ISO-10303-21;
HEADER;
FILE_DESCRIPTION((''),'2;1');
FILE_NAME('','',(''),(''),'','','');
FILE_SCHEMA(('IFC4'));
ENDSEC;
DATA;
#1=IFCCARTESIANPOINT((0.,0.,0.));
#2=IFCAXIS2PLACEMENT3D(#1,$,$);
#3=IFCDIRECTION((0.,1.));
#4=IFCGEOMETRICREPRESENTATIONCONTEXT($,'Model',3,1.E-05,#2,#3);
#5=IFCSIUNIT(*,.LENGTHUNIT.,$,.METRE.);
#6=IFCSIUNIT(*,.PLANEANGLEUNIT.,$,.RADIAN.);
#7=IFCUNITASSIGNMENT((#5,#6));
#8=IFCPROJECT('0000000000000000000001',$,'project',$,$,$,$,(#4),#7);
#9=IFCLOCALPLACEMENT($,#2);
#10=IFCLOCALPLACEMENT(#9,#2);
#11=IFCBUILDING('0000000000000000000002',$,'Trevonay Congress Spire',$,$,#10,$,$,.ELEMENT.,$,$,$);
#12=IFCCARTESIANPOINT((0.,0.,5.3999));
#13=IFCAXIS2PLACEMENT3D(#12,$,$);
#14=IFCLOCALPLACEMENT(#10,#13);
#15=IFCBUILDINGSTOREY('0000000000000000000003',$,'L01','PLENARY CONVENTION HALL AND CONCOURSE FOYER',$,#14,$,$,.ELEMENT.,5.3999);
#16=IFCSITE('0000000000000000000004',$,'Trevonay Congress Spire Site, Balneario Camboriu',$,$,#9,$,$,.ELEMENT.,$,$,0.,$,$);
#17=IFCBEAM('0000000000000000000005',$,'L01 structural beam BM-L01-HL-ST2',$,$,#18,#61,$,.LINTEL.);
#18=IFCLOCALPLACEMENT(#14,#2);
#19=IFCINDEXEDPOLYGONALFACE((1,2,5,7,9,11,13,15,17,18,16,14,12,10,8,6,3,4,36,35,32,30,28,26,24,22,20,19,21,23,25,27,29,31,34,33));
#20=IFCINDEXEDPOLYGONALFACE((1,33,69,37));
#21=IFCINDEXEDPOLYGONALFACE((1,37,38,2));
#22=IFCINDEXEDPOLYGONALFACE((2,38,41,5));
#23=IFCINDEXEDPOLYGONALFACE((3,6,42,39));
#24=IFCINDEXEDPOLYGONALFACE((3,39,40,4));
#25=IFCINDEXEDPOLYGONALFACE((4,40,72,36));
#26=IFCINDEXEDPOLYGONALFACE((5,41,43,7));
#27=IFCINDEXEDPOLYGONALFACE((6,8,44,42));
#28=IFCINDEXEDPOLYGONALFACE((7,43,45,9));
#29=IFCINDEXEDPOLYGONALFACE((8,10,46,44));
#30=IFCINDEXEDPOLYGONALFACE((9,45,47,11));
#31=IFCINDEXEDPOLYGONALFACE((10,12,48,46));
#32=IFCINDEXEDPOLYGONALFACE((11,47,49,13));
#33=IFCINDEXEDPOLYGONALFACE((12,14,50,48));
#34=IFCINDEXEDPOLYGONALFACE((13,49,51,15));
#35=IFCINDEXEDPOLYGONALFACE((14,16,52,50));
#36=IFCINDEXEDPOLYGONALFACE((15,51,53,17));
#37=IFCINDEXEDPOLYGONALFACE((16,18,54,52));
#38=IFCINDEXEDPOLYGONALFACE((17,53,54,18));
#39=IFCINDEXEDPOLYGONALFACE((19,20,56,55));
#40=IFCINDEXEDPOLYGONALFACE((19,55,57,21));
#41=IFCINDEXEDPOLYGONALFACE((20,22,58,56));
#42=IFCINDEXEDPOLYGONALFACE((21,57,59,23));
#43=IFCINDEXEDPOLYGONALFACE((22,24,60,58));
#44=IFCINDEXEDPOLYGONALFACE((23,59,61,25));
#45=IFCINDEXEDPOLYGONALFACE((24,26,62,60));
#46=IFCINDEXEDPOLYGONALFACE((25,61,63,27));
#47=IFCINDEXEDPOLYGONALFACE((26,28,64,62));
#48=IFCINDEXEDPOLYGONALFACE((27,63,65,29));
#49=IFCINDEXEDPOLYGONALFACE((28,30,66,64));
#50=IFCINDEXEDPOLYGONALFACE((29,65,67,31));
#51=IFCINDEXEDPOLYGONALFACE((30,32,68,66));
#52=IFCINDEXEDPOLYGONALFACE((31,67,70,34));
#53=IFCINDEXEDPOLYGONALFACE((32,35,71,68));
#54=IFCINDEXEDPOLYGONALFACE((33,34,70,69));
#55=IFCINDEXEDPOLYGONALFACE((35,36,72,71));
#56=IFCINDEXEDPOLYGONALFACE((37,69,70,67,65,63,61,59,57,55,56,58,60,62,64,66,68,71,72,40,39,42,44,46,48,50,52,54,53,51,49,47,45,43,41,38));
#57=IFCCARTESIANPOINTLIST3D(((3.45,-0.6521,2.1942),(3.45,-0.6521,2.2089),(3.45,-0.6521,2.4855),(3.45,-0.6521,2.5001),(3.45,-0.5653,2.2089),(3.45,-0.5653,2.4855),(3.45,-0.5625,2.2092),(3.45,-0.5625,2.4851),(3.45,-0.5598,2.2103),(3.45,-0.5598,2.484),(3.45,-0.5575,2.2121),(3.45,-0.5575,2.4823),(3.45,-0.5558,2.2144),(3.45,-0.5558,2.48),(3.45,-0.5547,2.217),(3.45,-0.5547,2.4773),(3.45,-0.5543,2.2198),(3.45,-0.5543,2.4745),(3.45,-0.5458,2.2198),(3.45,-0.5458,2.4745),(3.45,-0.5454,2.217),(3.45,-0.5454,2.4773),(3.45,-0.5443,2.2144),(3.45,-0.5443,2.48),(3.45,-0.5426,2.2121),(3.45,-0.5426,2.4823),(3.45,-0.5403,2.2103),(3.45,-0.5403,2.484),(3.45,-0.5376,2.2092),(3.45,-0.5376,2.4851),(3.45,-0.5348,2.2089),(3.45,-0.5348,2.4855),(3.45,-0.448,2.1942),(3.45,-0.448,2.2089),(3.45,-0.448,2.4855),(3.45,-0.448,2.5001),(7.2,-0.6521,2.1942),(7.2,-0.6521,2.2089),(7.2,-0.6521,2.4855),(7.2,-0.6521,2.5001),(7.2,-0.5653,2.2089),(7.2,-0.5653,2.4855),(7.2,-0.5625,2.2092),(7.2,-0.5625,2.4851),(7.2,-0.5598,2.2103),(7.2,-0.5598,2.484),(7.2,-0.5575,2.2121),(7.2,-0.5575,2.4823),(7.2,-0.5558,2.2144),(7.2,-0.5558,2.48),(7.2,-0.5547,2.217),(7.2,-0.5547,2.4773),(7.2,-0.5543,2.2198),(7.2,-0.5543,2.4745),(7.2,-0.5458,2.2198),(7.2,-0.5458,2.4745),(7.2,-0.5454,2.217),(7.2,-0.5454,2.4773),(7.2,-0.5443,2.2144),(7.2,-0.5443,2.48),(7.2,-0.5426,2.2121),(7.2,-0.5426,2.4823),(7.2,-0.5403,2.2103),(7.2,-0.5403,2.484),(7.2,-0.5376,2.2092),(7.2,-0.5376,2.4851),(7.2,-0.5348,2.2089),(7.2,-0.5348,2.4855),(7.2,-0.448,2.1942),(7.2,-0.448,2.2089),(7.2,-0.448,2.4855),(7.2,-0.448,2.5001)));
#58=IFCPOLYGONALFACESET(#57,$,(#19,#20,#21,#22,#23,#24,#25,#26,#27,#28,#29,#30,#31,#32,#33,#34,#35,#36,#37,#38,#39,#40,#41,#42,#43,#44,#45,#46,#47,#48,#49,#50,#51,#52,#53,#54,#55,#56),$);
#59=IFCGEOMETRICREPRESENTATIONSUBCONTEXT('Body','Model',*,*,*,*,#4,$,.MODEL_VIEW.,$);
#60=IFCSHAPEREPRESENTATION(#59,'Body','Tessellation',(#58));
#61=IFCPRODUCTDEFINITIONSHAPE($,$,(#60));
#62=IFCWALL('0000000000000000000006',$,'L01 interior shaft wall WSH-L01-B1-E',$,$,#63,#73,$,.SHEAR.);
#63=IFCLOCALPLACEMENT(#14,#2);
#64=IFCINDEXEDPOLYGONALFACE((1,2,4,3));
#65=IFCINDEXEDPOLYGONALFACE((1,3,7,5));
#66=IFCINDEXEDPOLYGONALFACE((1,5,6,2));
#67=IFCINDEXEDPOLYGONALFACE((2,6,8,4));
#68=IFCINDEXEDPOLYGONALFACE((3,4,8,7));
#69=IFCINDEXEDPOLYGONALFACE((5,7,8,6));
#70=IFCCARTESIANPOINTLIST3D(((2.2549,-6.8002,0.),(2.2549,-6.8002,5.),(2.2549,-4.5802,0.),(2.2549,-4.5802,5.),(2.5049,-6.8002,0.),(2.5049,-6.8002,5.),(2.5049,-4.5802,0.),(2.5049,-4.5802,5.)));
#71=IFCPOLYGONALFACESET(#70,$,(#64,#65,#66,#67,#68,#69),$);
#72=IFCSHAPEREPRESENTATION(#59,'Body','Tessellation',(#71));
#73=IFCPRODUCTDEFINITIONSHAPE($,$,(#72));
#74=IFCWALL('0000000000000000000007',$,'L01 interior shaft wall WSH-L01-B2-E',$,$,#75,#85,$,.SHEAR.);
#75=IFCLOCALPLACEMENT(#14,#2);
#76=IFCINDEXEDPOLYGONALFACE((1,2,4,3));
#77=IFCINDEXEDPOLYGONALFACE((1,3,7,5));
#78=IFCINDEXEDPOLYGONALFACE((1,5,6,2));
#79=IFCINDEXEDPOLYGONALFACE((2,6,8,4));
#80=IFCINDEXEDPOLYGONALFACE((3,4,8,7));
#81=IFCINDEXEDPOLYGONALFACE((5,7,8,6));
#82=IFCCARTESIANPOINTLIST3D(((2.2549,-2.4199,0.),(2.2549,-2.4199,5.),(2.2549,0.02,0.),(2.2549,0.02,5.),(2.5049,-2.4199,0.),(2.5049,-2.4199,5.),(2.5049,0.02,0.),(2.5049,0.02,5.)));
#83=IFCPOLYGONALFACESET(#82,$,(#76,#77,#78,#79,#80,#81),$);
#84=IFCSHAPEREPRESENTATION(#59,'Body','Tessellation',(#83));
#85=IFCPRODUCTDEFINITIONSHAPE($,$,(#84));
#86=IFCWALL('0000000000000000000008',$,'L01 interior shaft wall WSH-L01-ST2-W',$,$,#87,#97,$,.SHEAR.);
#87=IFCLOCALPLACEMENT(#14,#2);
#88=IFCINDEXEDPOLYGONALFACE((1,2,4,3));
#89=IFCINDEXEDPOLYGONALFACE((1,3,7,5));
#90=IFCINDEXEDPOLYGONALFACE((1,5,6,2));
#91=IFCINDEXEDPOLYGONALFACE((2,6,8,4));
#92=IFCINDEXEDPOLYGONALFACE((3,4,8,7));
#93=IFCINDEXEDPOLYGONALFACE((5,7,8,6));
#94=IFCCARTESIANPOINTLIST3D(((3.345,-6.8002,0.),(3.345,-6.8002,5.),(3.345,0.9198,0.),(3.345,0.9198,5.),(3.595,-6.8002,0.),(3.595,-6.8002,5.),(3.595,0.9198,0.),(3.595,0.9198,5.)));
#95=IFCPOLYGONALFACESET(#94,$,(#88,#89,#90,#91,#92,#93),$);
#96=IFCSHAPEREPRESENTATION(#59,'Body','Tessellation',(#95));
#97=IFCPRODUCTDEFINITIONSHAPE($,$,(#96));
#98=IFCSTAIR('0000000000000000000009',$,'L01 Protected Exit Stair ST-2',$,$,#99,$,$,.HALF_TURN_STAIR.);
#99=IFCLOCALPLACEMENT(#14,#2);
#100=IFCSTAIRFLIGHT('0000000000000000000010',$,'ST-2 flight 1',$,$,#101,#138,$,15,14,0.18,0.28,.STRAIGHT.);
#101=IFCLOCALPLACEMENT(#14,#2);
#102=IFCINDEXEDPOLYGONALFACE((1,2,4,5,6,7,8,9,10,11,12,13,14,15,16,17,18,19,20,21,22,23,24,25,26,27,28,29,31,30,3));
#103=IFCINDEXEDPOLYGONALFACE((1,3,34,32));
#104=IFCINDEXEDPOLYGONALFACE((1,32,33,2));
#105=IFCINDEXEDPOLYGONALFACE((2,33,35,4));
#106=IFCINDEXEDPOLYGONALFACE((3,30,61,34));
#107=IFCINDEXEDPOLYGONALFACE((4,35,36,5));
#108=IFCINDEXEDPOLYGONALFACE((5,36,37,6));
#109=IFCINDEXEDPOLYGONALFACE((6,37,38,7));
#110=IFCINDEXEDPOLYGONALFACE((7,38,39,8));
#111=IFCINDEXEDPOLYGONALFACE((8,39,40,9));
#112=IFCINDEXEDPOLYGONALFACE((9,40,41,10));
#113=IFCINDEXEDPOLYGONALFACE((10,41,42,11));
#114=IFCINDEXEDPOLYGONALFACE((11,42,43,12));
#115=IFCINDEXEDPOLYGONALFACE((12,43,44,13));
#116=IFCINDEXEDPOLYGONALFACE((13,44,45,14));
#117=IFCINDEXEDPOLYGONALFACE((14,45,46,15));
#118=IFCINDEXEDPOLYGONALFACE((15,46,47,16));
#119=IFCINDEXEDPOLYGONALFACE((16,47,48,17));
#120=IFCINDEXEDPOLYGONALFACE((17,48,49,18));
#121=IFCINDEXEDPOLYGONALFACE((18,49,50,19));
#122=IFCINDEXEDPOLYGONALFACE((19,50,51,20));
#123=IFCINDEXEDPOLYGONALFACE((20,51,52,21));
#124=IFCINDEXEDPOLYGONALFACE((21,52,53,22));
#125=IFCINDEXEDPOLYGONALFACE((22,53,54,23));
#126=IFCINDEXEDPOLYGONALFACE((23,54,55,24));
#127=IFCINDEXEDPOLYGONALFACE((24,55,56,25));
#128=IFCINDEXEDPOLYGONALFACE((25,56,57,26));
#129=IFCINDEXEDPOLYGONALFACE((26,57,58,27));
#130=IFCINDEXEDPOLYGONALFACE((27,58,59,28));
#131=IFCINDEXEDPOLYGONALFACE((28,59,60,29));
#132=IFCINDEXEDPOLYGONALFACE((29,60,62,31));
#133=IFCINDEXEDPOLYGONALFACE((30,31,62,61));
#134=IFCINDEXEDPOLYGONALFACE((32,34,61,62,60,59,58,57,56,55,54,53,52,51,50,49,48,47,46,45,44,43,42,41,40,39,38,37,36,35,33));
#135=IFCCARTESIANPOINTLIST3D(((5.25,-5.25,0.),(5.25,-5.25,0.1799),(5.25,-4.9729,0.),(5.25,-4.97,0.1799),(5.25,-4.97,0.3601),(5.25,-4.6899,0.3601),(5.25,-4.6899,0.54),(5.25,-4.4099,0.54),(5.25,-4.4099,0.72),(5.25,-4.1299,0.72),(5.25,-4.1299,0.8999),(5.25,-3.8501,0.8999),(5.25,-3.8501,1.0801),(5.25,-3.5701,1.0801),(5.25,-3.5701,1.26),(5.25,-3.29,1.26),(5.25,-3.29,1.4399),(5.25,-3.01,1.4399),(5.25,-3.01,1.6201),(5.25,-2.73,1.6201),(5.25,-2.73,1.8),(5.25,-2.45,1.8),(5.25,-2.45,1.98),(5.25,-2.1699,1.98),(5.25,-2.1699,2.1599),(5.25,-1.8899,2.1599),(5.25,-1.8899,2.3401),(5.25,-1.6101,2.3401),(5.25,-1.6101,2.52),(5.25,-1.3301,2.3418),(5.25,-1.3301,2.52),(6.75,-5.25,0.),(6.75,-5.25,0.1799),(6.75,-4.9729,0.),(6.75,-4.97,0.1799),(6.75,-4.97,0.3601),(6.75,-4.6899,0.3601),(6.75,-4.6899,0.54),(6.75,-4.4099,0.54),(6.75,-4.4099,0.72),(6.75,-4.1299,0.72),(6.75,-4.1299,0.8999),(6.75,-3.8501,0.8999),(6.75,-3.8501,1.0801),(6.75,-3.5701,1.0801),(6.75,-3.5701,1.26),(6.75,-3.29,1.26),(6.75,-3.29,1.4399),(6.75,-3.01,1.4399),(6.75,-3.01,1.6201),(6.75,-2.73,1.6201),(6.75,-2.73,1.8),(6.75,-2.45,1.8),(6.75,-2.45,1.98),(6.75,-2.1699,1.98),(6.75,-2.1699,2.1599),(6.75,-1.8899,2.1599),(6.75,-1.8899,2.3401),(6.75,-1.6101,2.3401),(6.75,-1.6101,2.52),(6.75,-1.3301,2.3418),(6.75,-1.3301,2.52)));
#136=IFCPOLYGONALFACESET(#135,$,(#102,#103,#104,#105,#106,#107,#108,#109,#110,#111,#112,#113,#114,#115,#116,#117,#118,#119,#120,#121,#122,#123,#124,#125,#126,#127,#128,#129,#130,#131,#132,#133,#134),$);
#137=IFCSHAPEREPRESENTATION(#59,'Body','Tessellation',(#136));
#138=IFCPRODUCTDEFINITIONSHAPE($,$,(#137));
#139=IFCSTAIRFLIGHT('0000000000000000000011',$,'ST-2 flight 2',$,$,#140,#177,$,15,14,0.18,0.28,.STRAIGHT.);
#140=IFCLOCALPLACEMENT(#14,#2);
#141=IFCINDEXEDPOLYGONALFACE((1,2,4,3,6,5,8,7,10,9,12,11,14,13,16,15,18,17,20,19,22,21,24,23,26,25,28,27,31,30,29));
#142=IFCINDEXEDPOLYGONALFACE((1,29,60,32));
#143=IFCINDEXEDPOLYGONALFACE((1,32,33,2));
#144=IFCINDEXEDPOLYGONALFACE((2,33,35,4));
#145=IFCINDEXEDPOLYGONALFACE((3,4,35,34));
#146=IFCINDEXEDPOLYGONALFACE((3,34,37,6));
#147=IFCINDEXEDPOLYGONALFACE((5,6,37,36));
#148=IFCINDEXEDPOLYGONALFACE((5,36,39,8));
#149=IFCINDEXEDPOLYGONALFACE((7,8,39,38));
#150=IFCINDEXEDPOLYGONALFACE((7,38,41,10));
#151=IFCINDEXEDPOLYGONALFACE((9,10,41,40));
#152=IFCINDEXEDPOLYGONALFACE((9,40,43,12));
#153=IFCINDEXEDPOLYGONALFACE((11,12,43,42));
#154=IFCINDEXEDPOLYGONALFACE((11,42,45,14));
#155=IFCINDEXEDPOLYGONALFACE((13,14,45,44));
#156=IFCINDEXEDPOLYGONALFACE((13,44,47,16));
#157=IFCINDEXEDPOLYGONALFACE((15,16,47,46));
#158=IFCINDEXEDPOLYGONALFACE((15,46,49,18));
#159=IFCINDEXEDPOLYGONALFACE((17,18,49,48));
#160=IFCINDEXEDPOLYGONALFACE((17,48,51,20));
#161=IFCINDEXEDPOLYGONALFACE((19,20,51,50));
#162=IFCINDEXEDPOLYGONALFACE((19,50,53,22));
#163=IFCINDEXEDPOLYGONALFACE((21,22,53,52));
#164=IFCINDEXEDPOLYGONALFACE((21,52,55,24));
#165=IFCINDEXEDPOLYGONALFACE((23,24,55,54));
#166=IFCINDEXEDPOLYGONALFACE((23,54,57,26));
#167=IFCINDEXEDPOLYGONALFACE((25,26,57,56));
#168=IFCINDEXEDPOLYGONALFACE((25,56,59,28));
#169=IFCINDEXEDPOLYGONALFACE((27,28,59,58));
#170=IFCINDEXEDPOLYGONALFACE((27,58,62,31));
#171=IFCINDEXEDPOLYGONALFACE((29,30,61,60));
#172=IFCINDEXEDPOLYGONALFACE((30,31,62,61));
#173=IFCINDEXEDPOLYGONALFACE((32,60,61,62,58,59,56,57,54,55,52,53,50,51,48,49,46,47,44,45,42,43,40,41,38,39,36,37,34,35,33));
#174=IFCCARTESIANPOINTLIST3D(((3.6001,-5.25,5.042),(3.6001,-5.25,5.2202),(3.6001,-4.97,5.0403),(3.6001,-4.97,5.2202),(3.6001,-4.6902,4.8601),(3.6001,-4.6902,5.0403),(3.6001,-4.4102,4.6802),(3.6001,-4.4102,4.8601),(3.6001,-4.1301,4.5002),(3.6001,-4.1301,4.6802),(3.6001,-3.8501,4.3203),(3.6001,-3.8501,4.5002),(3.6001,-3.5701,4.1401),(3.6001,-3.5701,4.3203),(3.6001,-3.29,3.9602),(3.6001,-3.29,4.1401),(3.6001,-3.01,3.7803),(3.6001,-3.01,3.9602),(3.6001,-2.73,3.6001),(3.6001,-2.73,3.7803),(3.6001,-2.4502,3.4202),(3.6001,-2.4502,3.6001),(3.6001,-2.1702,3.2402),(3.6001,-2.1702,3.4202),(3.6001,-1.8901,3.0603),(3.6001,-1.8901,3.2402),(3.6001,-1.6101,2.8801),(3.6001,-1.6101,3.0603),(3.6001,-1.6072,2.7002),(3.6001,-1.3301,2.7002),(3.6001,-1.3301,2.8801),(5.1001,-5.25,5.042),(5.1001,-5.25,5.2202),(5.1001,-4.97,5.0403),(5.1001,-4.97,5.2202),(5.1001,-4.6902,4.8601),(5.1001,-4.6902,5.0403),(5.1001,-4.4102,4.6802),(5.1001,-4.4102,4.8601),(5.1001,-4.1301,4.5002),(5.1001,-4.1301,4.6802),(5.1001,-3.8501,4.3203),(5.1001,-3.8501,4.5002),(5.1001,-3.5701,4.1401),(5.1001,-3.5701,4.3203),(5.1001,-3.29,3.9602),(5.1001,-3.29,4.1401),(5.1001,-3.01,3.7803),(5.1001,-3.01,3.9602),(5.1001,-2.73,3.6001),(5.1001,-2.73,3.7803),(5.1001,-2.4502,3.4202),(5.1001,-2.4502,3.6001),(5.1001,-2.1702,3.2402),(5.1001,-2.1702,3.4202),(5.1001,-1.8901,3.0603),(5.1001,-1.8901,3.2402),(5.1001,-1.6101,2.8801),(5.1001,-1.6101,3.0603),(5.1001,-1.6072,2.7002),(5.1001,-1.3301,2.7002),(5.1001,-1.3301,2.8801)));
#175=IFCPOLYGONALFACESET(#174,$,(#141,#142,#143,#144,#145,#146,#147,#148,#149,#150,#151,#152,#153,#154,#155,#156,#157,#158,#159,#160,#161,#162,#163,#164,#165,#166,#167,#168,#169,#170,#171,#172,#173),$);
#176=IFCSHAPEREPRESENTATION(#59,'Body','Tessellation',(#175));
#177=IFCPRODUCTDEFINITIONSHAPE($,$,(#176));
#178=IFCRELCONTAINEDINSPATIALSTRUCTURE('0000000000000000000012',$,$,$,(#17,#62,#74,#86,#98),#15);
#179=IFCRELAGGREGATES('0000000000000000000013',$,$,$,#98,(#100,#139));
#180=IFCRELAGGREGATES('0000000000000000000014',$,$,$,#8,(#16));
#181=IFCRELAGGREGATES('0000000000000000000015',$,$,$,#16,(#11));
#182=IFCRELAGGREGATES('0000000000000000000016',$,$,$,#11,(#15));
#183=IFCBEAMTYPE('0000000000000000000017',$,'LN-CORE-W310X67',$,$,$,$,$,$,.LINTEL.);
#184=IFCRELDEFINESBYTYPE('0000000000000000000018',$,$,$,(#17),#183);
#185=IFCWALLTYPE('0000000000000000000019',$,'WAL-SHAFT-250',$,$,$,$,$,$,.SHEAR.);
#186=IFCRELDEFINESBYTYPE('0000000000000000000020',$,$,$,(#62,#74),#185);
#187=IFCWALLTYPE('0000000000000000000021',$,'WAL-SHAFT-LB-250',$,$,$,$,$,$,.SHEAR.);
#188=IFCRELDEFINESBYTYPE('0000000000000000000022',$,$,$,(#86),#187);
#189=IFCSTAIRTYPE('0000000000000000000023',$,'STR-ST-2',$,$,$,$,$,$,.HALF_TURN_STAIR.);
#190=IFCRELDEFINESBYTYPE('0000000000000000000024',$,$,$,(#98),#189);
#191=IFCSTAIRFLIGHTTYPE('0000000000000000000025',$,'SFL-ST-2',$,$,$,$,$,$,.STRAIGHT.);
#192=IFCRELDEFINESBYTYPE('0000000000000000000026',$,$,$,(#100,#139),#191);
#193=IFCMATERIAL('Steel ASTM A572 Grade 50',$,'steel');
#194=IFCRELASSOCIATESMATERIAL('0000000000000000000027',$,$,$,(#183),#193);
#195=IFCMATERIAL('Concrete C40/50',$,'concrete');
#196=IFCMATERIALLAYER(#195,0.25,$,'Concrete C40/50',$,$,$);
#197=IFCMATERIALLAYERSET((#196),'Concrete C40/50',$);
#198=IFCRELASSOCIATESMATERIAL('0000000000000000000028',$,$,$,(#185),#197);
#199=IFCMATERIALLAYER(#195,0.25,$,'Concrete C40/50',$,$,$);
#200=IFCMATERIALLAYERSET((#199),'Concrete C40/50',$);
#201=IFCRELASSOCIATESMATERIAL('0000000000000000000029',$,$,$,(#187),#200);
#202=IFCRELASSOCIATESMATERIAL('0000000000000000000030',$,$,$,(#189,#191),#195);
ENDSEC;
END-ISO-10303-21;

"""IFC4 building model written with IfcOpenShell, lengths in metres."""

from ifc_helpers import new_model, si_unit, direction, frame, frame_2d, origin, origin_2d, place, context, subcontext, project, spatial, polyline, rectangle, i_section, outline, extrude, material, layer, layer_set, material_profile, profile_set, type_object, element, aggregate, save


model = new_model("IFC4")

# Units and contexts
model_context = context("Model", 3, precision=1e-05, world=origin(), true_north=direction((0.0, 1.0)))
body_context = subcontext(model_context, "Body", "Model", "MODEL_VIEW")
ifc_project = project(units=[si_unit("LENGTHUNIT", "METRE"), si_unit("PLANEANGLEUNIT", "RADIAN")], contexts=[model_context])

# Site, building, storey
site_placement = place(None, origin())
site = spatial("IfcSite", under=ifc_project, at=site_placement, Name="Trevonay Congress Spire Site, Balneario Camboriu", CompositionType="ELEMENT", RefElevation=0.0)
building_placement = place(site_placement, origin())
building = spatial("IfcBuilding", under=site, at=building_placement, Name="Trevonay Congress Spire", CompositionType="ELEMENT")
storey_placement = place(building_placement, frame((0.0, 0.0, 5.3999)))
storey = spatial("IfcBuildingStorey", under=building, at=storey_placement, Name="L01", Description="PLENARY CONVENTION HALL AND CONCOURSE FOYER", CompositionType="ELEMENT", Elevation=5.3999)

# Shared definitions
ifc_material_1 = material(Name="Steel ASTM A572 Grade 50", Category="steel")

# Beam
ifc_material_profile_1 = material_profile(ifc_material_1, i_section(OverallWidth=0.2041, OverallDepth=0.3059, WebThickness=0.0085, FlangeThickness=0.0146, FilletRadius=0.011, at=origin_2d()), Name="W310x67")
ifc_profile_set_1 = profile_set([ifc_material_profile_1], Name="Steel ASTM A572 Grade 50")
beam_type_1 = type_object("IfcBeamType", Name="LN-CORE-W310X67", PredefinedType="LINTEL", material=ifc_profile_set_1)
beam_1_placement = place(storey_placement, frame((3.45, -0.55, 2.3472), z_axis=(1.0, 0.0, 0.0), x_axis=(0.0, 1.0, 0.0)))
element("IfcBeam", 1, at=beam_1_placement, inside=storey, type_object=beam_type_1, Name="L01 structural beam BM-L01-HL-ST2", PredefinedType="LINTEL", context=body_context, shape_type="SweptSolid", body=[
    extrude(i_section(OverallWidth=0.2041, OverallDepth=0.3059, WebThickness=0.0085, FlangeThickness=0.0146, FilletRadius=0.011, at=origin_2d()), origin(), (0.0, 0.0, 1.0), 3.75),
])

# Walls
ifc_material_2 = material(Name="Concrete C40/50", Category="concrete")
ifc_layer_1 = layer(ifc_material_2, 0.25, Name="Concrete C40/50")
ifc_layer_set_1 = layer_set([ifc_layer_1], Name="Concrete C40/50")
wall_type_1 = type_object("IfcWallType", Name="WAL-SHAFT-250", PredefinedType="SHEAR", material=ifc_layer_set_1)
wall_1_placement = place(storey_placement, frame((2.3799, -6.8, 0.0), z_axis=(0.0, 0.0, 1.0), x_axis=(0.0, 1.0, 0.0)))
element("IfcWall", 2, at=wall_1_placement, inside=storey, type_object=wall_type_1, Name="L01 interior shaft wall WSH-L01-B1-E", PredefinedType="SHEAR", context=body_context, shape_type="SweptSolid", body=[
    extrude(rectangle(XDim=2.22, YDim=0.25, at=frame_2d((1.1099, 0.0))), origin(), (0.0, 0.0, 1.0), 5.0),
])
wall_2_placement = place(storey_placement, frame((2.3799, -2.4199, 0.0), z_axis=(0.0, 0.0, 1.0), x_axis=(0.0, 1.0, 0.0)))
element("IfcWall", 3, at=wall_2_placement, inside=storey, type_object=wall_type_1, Name="L01 interior shaft wall WSH-L01-B2-E", PredefinedType="SHEAR", context=body_context, shape_type="SweptSolid", body=[
    extrude(rectangle(XDim=2.4399, YDim=0.25, at=frame_2d((1.22, 0.0))), origin(), (0.0, 0.0, 1.0), 5.0),
])
ifc_layer_2 = layer(ifc_material_2, 0.25, Name="Concrete C40/50")
ifc_layer_set_2 = layer_set([ifc_layer_2], Name="Concrete C40/50")
wall_type_2 = type_object("IfcWallType", Name="WAL-SHAFT-LB-250", PredefinedType="SHEAR", material=ifc_layer_set_2)
wall_3_placement = place(storey_placement, frame((3.47, -6.8, 0.0), z_axis=(0.0, 0.0, 1.0), x_axis=(0.0, 1.0, 0.0)))
element("IfcWall", 4, at=wall_3_placement, inside=storey, type_object=wall_type_2, Name="L01 interior shaft wall WSH-L01-ST2-W", PredefinedType="SHEAR", context=body_context, shape_type="SweptSolid", body=[
    extrude(rectangle(XDim=7.72, YDim=0.25, at=frame_2d((3.8599, 0.0))), origin(), (0.0, 0.0, 1.0), 5.0),
])

# Stair, stair flights
stair_type = type_object("IfcStairType", Name="STR-ST-2", PredefinedType="HALF_TURN_STAIR", material=ifc_material_2)
stair_placement = place(storey_placement, origin())
stair = element("IfcStair", 5, at=stair_placement, inside=storey, type_object=stair_type, Name="L01 Protected Exit Stair ST-2", PredefinedType="HALF_TURN_STAIR")
stair_flight_type = type_object("IfcStairFlightType", Name="SFL-ST-2", PredefinedType="STRAIGHT", material=ifc_material_2)
stair_flight_1_placement = place(storey_placement, frame((6.0, -5.25, 0.0), z_axis=(0.0, 0.0, 1.0), x_axis=(0.0, 1.0, 0.0)))
stair_flight_1 = element("IfcStairFlight", 6, at=stair_flight_1_placement, type_object=stair_flight_type, Name="ST-2 flight 1", NumberOfRisers=15, NumberOfTreads=14, PredefinedType="STRAIGHT", RiserHeight=0.18, TreadLength=0.28, context=body_context, shape_type="SweptSolid", body=[
    extrude(outline(polyline([(0.0, 0.0), (0.0, 0.1799), (0.28, 0.1799), (0.28, 0.3601), (0.5601, 0.3601), (0.5601, 0.54), (0.8401, 0.54), (0.8401, 0.72), (1.1201, 0.72), (1.1201, 0.8999), (1.3999, 0.8999), (1.3999, 1.0801), (1.6799, 1.0801), (1.6799, 1.26), (1.96, 1.26), (1.96, 1.4399), (2.24, 1.4399), (2.24, 1.6201), (2.52, 1.6201), (2.52, 1.8), (2.8, 1.8), (2.8, 1.98), (3.0801, 1.98), (3.0801, 2.1599), (3.3601, 2.1599), (3.3601, 2.3401), (3.6399, 2.3401), (3.6399, 2.52), (3.9199, 2.52), (3.9199, 2.7), (3.9199, 2.3418), (0.2771, 0.0), (0.0, 0.0)])), frame((0.0, 0.75, 0.0), z_axis=(0.0, -1.0, 0.0), x_axis=(1.0, 0.0, 0.0)), (0.0, 0.0, 1.0), 1.5),
])
stair_flight_2_placement = place(storey_placement, frame((4.3501, -1.3301, 2.7002), z_axis=(0.0, 0.0, 1.0), x_axis=(0.0, -1.0, 0.0)))
stair_flight_2 = element("IfcStairFlight", 7, at=stair_flight_2_placement, type_object=stair_flight_type, Name="ST-2 flight 2", NumberOfRisers=15, NumberOfTreads=14, PredefinedType="STRAIGHT", RiserHeight=0.18, TreadLength=0.28, context=body_context, shape_type="SweptSolid", body=[
    extrude(outline(polyline([(0.0, 0.0), (0.0, 0.1799), (0.28, 0.1799), (0.28, 0.3601), (0.5601, 0.3601), (0.5601, 0.54), (0.8401, 0.54), (0.8401, 0.72), (1.1201, 0.72), (1.1201, 0.8999), (1.3999, 0.8999), (1.3999, 1.0801), (1.6799, 1.0801), (1.6799, 1.26), (1.96, 1.26), (1.96, 1.4399), (2.24, 1.4399), (2.24, 1.6201), (2.52, 1.6201), (2.52, 1.8), (2.8, 1.8), (2.8, 1.98), (3.0801, 1.98), (3.0801, 2.1599), (3.3601, 2.1599), (3.3601, 2.3401), (3.6399, 2.3401), (3.6399, 2.52), (3.9199, 2.52), (3.9199, 2.7), (3.9199, 2.3418), (0.2771, 0.0), (0.0, 0.0)])), frame((0.0, 0.75, 0.0), z_axis=(0.0, -1.0, 0.0), x_axis=(1.0, 0.0, 0.0)), (0.0, 0.0, 1.0), 1.5),
])
aggregate(stair, [stair_flight_1, stair_flight_2])

save(model, "model.ifc")
